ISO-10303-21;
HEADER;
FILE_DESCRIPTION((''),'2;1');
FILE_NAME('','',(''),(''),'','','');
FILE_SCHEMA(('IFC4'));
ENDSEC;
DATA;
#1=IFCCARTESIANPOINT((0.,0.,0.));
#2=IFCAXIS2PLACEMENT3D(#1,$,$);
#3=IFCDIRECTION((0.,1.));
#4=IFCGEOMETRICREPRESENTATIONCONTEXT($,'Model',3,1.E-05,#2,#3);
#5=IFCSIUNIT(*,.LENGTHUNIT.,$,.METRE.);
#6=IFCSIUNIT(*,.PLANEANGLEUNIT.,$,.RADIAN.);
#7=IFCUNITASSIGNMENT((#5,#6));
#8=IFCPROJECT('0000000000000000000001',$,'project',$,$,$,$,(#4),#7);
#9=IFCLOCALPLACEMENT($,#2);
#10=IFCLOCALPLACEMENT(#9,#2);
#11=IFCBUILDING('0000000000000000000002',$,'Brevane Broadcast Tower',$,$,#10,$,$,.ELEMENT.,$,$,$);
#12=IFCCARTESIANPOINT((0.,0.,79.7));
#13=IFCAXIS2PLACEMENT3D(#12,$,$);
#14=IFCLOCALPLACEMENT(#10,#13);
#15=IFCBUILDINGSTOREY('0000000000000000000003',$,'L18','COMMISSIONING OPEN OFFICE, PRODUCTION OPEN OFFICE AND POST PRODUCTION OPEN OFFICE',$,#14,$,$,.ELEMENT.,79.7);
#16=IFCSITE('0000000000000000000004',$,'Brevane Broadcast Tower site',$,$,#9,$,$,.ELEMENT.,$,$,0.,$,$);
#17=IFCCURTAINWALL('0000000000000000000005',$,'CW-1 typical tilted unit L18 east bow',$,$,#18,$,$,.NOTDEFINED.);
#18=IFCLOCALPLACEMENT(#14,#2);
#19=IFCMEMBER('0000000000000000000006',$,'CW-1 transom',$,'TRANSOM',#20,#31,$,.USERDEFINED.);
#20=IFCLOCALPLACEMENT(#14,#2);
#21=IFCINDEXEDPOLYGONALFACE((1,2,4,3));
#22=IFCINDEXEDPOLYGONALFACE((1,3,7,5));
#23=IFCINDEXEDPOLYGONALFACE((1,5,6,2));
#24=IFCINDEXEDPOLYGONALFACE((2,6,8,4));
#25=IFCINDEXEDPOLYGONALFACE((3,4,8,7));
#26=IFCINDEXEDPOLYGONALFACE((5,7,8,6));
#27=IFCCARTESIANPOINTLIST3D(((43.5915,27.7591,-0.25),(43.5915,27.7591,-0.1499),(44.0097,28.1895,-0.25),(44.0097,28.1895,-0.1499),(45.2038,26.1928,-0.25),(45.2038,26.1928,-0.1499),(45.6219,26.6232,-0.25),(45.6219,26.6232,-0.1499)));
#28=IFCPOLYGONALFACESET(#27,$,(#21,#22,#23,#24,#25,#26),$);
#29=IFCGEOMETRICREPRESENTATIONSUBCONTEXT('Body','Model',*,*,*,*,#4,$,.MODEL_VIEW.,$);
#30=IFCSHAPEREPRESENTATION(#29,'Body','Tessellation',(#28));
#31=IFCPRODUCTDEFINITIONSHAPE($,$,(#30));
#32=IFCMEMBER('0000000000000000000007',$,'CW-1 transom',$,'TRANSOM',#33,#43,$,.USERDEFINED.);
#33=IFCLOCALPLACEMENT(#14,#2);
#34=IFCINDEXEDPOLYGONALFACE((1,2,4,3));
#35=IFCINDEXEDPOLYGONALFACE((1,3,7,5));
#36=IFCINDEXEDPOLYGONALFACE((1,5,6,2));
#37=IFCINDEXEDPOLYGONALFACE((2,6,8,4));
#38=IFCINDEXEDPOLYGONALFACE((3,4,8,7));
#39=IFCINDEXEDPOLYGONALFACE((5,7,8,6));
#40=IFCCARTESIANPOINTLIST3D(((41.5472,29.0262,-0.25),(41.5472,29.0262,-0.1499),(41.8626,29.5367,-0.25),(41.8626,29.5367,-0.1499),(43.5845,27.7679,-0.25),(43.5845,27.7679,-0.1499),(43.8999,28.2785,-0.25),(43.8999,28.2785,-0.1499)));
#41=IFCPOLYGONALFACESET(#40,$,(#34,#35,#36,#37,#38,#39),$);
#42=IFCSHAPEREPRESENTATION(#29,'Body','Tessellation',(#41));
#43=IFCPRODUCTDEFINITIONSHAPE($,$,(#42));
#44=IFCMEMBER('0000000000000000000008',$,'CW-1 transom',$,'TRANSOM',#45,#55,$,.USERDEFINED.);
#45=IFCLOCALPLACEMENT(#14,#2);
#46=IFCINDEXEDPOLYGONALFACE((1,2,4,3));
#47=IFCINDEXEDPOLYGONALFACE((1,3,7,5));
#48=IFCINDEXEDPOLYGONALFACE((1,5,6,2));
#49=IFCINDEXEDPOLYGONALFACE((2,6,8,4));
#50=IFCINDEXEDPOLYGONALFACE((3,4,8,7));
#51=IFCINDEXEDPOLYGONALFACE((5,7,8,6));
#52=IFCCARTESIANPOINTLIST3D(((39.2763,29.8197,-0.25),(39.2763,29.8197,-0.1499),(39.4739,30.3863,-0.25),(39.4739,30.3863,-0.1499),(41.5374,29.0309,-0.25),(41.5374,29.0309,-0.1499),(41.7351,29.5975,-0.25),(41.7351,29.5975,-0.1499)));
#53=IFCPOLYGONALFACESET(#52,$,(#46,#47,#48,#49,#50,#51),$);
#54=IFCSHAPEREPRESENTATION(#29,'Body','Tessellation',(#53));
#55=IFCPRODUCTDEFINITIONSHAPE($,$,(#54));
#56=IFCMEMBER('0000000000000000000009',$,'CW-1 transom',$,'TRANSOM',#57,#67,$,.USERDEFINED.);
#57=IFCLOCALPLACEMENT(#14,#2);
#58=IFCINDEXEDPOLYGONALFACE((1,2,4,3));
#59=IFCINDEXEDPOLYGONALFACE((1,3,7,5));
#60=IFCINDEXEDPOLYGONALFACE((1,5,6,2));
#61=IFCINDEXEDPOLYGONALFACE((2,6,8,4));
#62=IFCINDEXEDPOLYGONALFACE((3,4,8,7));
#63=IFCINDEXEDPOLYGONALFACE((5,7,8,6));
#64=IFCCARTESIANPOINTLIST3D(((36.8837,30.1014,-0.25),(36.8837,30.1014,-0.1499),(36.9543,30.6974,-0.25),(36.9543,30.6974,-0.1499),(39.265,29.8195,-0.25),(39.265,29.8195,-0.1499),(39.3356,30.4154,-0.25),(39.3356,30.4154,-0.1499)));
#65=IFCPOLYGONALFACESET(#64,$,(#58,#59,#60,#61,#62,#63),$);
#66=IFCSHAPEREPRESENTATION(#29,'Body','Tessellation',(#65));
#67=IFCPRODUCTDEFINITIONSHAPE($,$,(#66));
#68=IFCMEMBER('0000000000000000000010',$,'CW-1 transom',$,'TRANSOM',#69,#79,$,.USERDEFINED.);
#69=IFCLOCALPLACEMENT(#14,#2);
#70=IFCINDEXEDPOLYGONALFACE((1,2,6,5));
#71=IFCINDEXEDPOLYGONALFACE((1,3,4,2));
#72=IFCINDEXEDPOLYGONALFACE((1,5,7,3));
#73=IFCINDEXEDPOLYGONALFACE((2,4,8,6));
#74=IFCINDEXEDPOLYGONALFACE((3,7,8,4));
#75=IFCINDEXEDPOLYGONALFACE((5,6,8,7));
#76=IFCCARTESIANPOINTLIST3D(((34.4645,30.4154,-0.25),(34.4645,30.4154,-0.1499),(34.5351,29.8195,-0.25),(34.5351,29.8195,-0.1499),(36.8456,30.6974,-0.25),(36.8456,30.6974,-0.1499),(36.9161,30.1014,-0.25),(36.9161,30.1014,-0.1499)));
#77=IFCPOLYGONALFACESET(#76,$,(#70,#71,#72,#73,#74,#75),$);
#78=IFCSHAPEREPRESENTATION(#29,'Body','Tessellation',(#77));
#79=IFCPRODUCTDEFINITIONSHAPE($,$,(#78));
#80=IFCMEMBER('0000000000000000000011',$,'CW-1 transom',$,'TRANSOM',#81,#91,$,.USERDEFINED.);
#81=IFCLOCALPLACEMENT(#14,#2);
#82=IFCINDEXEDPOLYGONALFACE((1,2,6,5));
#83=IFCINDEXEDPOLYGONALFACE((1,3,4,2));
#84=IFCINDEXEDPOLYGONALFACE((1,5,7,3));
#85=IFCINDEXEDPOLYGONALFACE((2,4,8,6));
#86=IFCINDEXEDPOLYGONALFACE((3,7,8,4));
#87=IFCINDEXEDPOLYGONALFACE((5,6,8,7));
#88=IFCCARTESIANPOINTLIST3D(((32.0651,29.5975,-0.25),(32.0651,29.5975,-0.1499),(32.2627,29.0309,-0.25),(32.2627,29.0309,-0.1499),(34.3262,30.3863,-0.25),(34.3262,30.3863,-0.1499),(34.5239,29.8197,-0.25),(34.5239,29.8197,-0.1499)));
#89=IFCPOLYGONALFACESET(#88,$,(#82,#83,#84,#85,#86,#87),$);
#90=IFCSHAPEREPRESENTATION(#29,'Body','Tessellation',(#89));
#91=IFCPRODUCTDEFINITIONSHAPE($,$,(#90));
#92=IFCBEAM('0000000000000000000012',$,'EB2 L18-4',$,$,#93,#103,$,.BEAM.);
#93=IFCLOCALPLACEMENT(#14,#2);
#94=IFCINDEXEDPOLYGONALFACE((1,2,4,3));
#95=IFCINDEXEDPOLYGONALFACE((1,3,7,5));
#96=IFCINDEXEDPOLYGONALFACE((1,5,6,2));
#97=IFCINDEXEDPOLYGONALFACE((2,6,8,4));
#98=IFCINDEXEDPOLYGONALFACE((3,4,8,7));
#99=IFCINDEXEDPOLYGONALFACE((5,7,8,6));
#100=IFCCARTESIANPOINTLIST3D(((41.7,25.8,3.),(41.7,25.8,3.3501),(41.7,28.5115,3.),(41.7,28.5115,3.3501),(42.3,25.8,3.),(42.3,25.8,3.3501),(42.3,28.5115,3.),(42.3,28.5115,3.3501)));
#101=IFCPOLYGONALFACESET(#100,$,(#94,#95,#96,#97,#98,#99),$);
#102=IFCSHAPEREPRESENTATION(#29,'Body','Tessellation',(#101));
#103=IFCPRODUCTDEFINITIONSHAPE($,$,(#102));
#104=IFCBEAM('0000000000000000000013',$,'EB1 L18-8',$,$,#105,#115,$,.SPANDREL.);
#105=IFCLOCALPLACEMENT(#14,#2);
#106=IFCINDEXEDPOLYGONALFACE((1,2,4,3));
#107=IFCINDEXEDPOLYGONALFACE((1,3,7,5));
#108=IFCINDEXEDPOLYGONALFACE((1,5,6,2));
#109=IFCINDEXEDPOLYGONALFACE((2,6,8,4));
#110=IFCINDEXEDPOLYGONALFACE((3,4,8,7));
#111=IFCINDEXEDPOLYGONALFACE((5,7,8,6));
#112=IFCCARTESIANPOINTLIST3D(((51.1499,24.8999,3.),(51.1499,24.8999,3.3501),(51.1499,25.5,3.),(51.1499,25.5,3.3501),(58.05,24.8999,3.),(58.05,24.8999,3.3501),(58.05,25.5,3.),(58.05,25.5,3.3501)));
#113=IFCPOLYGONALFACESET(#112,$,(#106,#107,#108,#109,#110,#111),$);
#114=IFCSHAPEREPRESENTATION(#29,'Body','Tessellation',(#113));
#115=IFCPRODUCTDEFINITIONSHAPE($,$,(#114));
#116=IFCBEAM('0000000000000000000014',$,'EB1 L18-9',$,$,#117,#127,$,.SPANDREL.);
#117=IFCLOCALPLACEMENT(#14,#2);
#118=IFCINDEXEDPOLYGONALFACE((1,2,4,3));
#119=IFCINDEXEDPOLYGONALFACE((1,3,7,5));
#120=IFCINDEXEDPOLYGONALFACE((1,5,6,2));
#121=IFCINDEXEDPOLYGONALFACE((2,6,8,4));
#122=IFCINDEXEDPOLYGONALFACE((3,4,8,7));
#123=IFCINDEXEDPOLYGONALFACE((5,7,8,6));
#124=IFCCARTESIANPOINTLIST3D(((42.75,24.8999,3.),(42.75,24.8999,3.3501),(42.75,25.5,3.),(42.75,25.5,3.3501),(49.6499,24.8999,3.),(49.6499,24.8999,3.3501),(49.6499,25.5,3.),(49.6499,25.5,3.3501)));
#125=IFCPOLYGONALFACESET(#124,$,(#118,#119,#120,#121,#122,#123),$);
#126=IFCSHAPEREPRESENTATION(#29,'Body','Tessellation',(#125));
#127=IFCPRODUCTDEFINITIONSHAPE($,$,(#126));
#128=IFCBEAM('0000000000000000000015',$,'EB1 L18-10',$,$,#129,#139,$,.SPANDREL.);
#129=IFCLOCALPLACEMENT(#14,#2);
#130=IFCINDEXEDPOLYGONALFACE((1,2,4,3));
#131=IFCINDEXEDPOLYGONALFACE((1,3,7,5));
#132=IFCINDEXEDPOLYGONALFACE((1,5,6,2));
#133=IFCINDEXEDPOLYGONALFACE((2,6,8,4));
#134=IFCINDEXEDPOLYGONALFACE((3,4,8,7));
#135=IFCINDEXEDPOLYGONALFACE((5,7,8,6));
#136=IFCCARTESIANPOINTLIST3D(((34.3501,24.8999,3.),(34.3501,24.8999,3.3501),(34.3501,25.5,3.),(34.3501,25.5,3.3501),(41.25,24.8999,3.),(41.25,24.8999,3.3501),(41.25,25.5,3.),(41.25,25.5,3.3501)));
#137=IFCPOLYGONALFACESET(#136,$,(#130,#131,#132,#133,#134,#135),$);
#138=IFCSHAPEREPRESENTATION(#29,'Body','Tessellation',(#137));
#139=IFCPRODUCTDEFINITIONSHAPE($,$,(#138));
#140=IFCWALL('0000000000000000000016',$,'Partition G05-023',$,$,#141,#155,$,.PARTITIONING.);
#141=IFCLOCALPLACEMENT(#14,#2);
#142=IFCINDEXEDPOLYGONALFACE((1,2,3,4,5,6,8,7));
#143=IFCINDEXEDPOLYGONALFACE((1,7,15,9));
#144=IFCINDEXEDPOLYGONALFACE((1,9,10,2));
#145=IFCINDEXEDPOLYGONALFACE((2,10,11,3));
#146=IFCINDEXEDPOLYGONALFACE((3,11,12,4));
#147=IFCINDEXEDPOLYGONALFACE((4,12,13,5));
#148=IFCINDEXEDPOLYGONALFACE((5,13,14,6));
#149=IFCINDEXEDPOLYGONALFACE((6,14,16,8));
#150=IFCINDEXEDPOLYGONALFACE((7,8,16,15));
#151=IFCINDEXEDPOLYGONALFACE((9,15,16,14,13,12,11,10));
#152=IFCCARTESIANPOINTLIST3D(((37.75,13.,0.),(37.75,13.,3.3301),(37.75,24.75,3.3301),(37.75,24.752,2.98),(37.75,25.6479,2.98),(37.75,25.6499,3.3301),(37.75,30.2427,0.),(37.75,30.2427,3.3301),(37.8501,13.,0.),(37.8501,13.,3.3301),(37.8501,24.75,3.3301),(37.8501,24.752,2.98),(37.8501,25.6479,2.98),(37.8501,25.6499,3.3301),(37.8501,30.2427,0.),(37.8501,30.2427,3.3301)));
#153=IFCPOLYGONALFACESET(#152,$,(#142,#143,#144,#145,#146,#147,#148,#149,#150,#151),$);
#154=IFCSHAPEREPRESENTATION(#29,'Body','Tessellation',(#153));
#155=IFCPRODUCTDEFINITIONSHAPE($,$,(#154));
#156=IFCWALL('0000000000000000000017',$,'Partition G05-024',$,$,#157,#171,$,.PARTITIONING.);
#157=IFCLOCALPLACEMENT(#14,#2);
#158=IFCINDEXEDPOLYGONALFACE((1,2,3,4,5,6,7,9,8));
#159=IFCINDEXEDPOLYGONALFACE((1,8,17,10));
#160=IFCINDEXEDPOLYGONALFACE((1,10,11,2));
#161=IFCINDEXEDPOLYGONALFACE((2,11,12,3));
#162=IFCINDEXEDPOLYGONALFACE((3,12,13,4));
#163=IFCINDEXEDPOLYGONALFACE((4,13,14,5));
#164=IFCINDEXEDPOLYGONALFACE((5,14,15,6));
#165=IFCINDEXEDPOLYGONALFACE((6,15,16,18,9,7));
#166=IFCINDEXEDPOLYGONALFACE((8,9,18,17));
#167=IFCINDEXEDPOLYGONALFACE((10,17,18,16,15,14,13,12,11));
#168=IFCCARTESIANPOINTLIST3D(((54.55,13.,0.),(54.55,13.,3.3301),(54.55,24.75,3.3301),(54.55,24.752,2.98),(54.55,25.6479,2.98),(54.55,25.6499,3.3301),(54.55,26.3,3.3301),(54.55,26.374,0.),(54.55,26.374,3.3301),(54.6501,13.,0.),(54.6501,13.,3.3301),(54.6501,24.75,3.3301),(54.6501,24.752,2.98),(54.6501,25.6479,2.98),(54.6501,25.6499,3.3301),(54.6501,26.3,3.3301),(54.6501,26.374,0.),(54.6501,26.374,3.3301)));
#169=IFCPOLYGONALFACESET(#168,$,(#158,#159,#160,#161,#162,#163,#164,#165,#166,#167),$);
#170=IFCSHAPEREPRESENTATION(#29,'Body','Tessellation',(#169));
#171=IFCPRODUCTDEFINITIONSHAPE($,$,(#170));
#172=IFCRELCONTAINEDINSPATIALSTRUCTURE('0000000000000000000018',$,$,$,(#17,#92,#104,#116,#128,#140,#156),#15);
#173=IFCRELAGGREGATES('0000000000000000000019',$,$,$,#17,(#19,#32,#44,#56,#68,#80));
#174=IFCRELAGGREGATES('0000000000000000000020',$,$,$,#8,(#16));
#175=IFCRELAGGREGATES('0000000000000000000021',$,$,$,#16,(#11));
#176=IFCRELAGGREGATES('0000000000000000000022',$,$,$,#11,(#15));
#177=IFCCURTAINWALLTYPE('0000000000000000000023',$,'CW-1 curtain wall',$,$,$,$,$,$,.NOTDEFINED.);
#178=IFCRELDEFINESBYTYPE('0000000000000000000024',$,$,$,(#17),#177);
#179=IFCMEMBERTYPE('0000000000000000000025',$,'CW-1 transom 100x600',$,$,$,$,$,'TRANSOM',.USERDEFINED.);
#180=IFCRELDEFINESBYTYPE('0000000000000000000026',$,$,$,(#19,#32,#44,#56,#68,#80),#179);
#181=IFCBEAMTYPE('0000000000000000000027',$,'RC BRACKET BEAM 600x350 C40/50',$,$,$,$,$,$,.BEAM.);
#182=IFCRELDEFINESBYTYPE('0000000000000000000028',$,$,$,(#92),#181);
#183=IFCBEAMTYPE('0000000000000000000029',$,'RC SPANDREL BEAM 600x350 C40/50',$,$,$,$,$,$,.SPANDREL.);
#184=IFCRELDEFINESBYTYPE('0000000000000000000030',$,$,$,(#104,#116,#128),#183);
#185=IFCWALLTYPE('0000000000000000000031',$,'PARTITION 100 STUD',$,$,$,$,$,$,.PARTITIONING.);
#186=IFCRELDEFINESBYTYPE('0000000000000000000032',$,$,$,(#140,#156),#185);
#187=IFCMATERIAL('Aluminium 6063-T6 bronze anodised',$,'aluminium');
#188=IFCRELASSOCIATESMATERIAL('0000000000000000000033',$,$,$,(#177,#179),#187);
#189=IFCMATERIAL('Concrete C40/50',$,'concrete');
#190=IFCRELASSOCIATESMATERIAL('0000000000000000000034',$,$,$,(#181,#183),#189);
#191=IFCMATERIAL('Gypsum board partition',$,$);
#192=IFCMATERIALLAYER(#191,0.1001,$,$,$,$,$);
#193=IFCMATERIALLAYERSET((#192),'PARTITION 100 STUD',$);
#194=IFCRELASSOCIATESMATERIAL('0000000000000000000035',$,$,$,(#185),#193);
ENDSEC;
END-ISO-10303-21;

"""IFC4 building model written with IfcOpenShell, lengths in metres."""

from ifc_helpers import new_model, si_unit, direction, frame, origin, origin_2d, place, context, subcontext, project, spatial, polyline, rectangle, outline, extrude, material, layer, layer_set, material_profile, profile_set, type_object, element, aggregate, save


model = new_model("IFC4")

# Units and contexts
model_context = context("Model", 3, precision=1e-05, world=origin(), true_north=direction((0.0, 1.0)))
body_context = subcontext(model_context, "Body", "Model", "MODEL_VIEW")
ifc_project = project(units=[si_unit("LENGTHUNIT", "METRE"), si_unit("PLANEANGLEUNIT", "RADIAN")], contexts=[model_context])

# Site, building, storey
site_placement = place(None, origin())
site = spatial("IfcSite", under=ifc_project, at=site_placement, Name="Brevane Broadcast Tower site", CompositionType="ELEMENT", RefElevation=0.0)
building_placement = place(site_placement, origin())
building = spatial("IfcBuilding", under=site, at=building_placement, Name="Brevane Broadcast Tower", CompositionType="ELEMENT")
storey_placement = place(building_placement, frame((0.0, 0.0, 79.7)))
storey = spatial("IfcBuildingStorey", under=building, at=storey_placement, Name="L18", Description="COMMISSIONING OPEN OFFICE, PRODUCTION OPEN OFFICE AND POST PRODUCTION OPEN OFFICE", CompositionType="ELEMENT", Elevation=79.7)

# Shared definitions
ifc_material_1 = material(Name="Aluminium 6063-T6 bronze anodised", Category="aluminium")
curtain_wall_type = type_object("IfcCurtainWallType", Name="CW-1 curtain wall", PredefinedType="NOTDEFINED", material=ifc_material_1)

# Curtain wall
curtain_wall_1_placement = place(storey_placement, origin())
curtain_wall_1 = element("IfcCurtainWall", 1, at=curtain_wall_1_placement, inside=storey, type_object=curtain_wall_type, Name="CW-1 typical tilted unit L18 east bow", PredefinedType="NOTDEFINED")

# Members
ifc_material_profile_1 = material_profile(ifc_material_1, rectangle(XDim=0.6001, YDim=0.1001, at=origin_2d()), Name="RECT 100x600")
ifc_profile_set_1 = profile_set([ifc_material_profile_1], Name="Aluminium 6063-T6 bronze anodised")
member_type_1 = type_object("IfcMemberType", Name="CW-1 transom 100x600", ElementType="TRANSOM", PredefinedType="USERDEFINED", material=ifc_profile_set_1)
member_1_placement = place(storey_placement, frame((45.4128, 26.408, -0.2), z_axis=(-0.717242, 0.696824, 0.0), x_axis=(-0.696824, -0.717242, 0.0)))
member_1 = element("IfcMember", 2, at=member_1_placement, type_object=member_type_1, Name="CW-1 transom", ObjectType="TRANSOM", PredefinedType="USERDEFINED", context=body_context, shape_type="SweptSolid", body=[
    extrude(rectangle(XDim=0.6001, YDim=0.1001, at=origin_2d()), origin(), (0.0, 0.0, 1.0), 2.2478),
])
member_2_placement = place(storey_placement, frame((43.7422, 28.0232, -0.2), z_axis=(-0.85081, 0.525473, 0.0), x_axis=(-0.525473, -0.85081, 0.0)))
member_2 = element("IfcMember", 3, at=member_2_placement, type_object=member_type_1, Name="CW-1 transom", ObjectType="TRANSOM", PredefinedType="USERDEFINED", context=body_context, shape_type="SweptSolid", body=[
    extrude(rectangle(XDim=0.6001, YDim=0.1001, at=origin_2d()), origin(), (0.0, 0.0, 1.0), 2.3945),
])
member_3_placement = place(storey_placement, frame((41.6362, 29.3142, -0.2), z_axis=(-0.944198, 0.329378, 0.0), x_axis=(-0.329378, -0.944198, 0.0)))
member_3 = element("IfcMember", 4, at=member_3_placement, type_object=member_type_1, Name="CW-1 transom", ObjectType="TRANSOM", PredefinedType="USERDEFINED", context=body_context, shape_type="SweptSolid", body=[
    extrude(rectangle(XDim=0.6001, YDim=0.1001, at=origin_2d()), origin(), (0.0, 0.0, 1.0), 2.3948),
])
member_4_placement = place(storey_placement, frame((39.3003, 30.1174, -0.2), z_axis=(-0.993062, 0.117591, 0.0), x_axis=(-0.117591, -0.993062, 0.0)))
member_4 = element("IfcMember", 5, at=member_4_placement, type_object=member_type_1, Name="CW-1 transom", ObjectType="TRANSOM", PredefinedType="USERDEFINED", context=body_context, shape_type="SweptSolid", body=[
    extrude(rectangle(XDim=0.6001, YDim=0.1001, at=origin_2d()), origin(), (0.0, 0.0, 1.0), 2.3979),
])
member_5_placement = place(storey_placement, frame((36.8809, 30.3994, -0.2), z_axis=(-0.993061, -0.117603, 0.0), x_axis=(0.117603, -0.993061, 0.0)))
member_5 = element("IfcMember", 6, at=member_5_placement, type_object=member_type_1, Name="CW-1 transom", ObjectType="TRANSOM", PredefinedType="USERDEFINED", context=body_context, shape_type="SweptSolid", body=[
    extrude(rectangle(XDim=0.6001, YDim=0.1001, at=origin_2d()), origin(), (0.0, 0.0, 1.0), 2.3977),
])
member_6_placement = place(storey_placement, frame((34.425, 30.103, -0.2), z_axis=(-0.944198, -0.329378, 0.0), x_axis=(0.329378, -0.944198, 0.0)))
member_6 = element("IfcMember", 7, at=member_6_placement, type_object=member_type_1, Name="CW-1 transom", ObjectType="TRANSOM", PredefinedType="USERDEFINED", context=body_context, shape_type="SweptSolid", body=[
    extrude(rectangle(XDim=0.6001, YDim=0.1001, at=origin_2d()), origin(), (0.0, 0.0, 1.0), 2.3948),
])
aggregate(curtain_wall_1, [member_1, member_2, member_3, member_4, member_5, member_6])

# Beams
ifc_material_2 = material(Name="Concrete C40/50", Category="concrete")
ifc_material_profile_2 = material_profile(ifc_material_2, rectangle(XDim=0.6001, YDim=0.3501, at=origin_2d()), Name="RC 600x350")
ifc_profile_set_2 = profile_set([ifc_material_profile_2], Name="Concrete C40/50")
beam_type_1 = type_object("IfcBeamType", Name="RC BRACKET BEAM 600x350 C40/50", PredefinedType="BEAM", material=ifc_profile_set_2)
beam_1_placement = place(storey_placement, frame((42.0, 25.8, 3.175), z_axis=(0.0, 1.0, 0.0), x_axis=(-1.0, 0.0, 0.0)))
element("IfcBeam", 8, at=beam_1_placement, inside=storey, type_object=beam_type_1, Name="EB2 L18-4", PredefinedType="BEAM", context=body_context, shape_type="SweptSolid", body=[
    extrude(rectangle(XDim=0.6001, YDim=0.3501, at=origin_2d()), origin(), (0.0, 0.0, 1.0), 2.7114),
])
ifc_material_profile_3 = material_profile(ifc_material_2, rectangle(XDim=0.6001, YDim=0.3501, at=origin_2d()), Name="RC 600x350")
ifc_profile_set_3 = profile_set([ifc_material_profile_3], Name="Concrete C40/50")
beam_type_2 = type_object("IfcBeamType", Name="RC SPANDREL BEAM 600x350 C40/50", PredefinedType="SPANDREL", material=ifc_profile_set_3)
beam_2_placement = place(storey_placement, frame((58.05, 25.2, 3.175), z_axis=(-1.0, 0.0, 0.0), x_axis=(0.0, -1.0, 0.0)))
element("IfcBeam", 9, at=beam_2_placement, inside=storey, type_object=beam_type_2, Name="EB1 L18-8", PredefinedType="SPANDREL", context=body_context, shape_type="SweptSolid", body=[
    extrude(rectangle(XDim=0.6001, YDim=0.3501, at=origin_2d()), origin(), (0.0, 0.0, 1.0), 6.9001),
])
for number, where, z_axis, x_axis, name in (
    (10, (49.6499, 25.2, 3.175), (-1.0, 0.0, 0.0), (0.0, -1.0, 0.0), "EB1 L18-9"),
    (11, (41.25, 25.2, 3.175), (-1.0, 0.0, 0.0), (0.0, -1.0, 0.0), "EB1 L18-10"),
):
    element("IfcBeam", number, at=place(storey_placement, frame(where, z_axis=z_axis, x_axis=x_axis)), inside=storey, type_object=beam_type_2, Name=name, PredefinedType="SPANDREL", context=body_context, shape_type="SweptSolid", body=[
        extrude(rectangle(XDim=0.6001, YDim=0.3501, at=origin_2d()), origin(), (0.0, 0.0, 1.0), 6.8999),
    ])

# Walls
ifc_material_3 = material(Name="Gypsum board partition")
ifc_layer = layer(ifc_material_3, 0.1001)
ifc_layer_set = layer_set([ifc_layer], Name="PARTITION 100 STUD")
wall_type = type_object("IfcWallType", Name="PARTITION 100 STUD", PredefinedType="PARTITIONING", material=ifc_layer_set)
wall_1_placement = place(storey_placement, frame((37.8, 30.2427, 0.0), z_axis=(0.0, 0.0, 1.0), x_axis=(0.0, -1.0, 0.0)))
element("IfcWall", 12, at=wall_1_placement, inside=storey, type_object=wall_type, Name="Partition G05-023", PredefinedType="PARTITIONING", context=body_context, shape_type="SweptSolid", body=[
    extrude(outline(polyline([(0.0, 0.0), (17.2427, 0.0), (17.2427, 3.3301), (5.4927, 3.3301), (5.4907, 2.98), (4.5947, 2.98), (4.5928, 3.3301), (0.0, 3.3301), (0.0, 0.0)])), frame((0.0, 0.05, 0.0), z_axis=(0.0, -1.0, 0.0), x_axis=(1.0, 0.0, 0.0)), (0.0, 0.0, 1.0), 0.1001),
])
wall_2_placement = place(storey_placement, frame((54.6001, 26.374, 0.0), z_axis=(0.0, 0.0, 1.0), x_axis=(0.0, -1.0, 0.0)))
element("IfcWall", 13, at=wall_2_placement, inside=storey, type_object=wall_type, Name="Partition G05-024", PredefinedType="PARTITIONING", context=body_context, shape_type="SweptSolid", body=[
    extrude(outline(polyline([(0.0, 0.0), (13.374, 0.0), (13.374, 3.3301), (1.624, 3.3301), (1.6221, 2.98), (0.7261, 2.98), (0.7241, 3.3301), (0.074, 3.3301), (0.0, 3.3301), (0.0, 0.0)])), frame((0.0, 0.05, 0.0), z_axis=(0.0, -1.0, 0.0), x_axis=(1.0, 0.0, 0.0)), (0.0, 0.0, 1.0), 0.1001),
])

save(model, "model.ifc")
